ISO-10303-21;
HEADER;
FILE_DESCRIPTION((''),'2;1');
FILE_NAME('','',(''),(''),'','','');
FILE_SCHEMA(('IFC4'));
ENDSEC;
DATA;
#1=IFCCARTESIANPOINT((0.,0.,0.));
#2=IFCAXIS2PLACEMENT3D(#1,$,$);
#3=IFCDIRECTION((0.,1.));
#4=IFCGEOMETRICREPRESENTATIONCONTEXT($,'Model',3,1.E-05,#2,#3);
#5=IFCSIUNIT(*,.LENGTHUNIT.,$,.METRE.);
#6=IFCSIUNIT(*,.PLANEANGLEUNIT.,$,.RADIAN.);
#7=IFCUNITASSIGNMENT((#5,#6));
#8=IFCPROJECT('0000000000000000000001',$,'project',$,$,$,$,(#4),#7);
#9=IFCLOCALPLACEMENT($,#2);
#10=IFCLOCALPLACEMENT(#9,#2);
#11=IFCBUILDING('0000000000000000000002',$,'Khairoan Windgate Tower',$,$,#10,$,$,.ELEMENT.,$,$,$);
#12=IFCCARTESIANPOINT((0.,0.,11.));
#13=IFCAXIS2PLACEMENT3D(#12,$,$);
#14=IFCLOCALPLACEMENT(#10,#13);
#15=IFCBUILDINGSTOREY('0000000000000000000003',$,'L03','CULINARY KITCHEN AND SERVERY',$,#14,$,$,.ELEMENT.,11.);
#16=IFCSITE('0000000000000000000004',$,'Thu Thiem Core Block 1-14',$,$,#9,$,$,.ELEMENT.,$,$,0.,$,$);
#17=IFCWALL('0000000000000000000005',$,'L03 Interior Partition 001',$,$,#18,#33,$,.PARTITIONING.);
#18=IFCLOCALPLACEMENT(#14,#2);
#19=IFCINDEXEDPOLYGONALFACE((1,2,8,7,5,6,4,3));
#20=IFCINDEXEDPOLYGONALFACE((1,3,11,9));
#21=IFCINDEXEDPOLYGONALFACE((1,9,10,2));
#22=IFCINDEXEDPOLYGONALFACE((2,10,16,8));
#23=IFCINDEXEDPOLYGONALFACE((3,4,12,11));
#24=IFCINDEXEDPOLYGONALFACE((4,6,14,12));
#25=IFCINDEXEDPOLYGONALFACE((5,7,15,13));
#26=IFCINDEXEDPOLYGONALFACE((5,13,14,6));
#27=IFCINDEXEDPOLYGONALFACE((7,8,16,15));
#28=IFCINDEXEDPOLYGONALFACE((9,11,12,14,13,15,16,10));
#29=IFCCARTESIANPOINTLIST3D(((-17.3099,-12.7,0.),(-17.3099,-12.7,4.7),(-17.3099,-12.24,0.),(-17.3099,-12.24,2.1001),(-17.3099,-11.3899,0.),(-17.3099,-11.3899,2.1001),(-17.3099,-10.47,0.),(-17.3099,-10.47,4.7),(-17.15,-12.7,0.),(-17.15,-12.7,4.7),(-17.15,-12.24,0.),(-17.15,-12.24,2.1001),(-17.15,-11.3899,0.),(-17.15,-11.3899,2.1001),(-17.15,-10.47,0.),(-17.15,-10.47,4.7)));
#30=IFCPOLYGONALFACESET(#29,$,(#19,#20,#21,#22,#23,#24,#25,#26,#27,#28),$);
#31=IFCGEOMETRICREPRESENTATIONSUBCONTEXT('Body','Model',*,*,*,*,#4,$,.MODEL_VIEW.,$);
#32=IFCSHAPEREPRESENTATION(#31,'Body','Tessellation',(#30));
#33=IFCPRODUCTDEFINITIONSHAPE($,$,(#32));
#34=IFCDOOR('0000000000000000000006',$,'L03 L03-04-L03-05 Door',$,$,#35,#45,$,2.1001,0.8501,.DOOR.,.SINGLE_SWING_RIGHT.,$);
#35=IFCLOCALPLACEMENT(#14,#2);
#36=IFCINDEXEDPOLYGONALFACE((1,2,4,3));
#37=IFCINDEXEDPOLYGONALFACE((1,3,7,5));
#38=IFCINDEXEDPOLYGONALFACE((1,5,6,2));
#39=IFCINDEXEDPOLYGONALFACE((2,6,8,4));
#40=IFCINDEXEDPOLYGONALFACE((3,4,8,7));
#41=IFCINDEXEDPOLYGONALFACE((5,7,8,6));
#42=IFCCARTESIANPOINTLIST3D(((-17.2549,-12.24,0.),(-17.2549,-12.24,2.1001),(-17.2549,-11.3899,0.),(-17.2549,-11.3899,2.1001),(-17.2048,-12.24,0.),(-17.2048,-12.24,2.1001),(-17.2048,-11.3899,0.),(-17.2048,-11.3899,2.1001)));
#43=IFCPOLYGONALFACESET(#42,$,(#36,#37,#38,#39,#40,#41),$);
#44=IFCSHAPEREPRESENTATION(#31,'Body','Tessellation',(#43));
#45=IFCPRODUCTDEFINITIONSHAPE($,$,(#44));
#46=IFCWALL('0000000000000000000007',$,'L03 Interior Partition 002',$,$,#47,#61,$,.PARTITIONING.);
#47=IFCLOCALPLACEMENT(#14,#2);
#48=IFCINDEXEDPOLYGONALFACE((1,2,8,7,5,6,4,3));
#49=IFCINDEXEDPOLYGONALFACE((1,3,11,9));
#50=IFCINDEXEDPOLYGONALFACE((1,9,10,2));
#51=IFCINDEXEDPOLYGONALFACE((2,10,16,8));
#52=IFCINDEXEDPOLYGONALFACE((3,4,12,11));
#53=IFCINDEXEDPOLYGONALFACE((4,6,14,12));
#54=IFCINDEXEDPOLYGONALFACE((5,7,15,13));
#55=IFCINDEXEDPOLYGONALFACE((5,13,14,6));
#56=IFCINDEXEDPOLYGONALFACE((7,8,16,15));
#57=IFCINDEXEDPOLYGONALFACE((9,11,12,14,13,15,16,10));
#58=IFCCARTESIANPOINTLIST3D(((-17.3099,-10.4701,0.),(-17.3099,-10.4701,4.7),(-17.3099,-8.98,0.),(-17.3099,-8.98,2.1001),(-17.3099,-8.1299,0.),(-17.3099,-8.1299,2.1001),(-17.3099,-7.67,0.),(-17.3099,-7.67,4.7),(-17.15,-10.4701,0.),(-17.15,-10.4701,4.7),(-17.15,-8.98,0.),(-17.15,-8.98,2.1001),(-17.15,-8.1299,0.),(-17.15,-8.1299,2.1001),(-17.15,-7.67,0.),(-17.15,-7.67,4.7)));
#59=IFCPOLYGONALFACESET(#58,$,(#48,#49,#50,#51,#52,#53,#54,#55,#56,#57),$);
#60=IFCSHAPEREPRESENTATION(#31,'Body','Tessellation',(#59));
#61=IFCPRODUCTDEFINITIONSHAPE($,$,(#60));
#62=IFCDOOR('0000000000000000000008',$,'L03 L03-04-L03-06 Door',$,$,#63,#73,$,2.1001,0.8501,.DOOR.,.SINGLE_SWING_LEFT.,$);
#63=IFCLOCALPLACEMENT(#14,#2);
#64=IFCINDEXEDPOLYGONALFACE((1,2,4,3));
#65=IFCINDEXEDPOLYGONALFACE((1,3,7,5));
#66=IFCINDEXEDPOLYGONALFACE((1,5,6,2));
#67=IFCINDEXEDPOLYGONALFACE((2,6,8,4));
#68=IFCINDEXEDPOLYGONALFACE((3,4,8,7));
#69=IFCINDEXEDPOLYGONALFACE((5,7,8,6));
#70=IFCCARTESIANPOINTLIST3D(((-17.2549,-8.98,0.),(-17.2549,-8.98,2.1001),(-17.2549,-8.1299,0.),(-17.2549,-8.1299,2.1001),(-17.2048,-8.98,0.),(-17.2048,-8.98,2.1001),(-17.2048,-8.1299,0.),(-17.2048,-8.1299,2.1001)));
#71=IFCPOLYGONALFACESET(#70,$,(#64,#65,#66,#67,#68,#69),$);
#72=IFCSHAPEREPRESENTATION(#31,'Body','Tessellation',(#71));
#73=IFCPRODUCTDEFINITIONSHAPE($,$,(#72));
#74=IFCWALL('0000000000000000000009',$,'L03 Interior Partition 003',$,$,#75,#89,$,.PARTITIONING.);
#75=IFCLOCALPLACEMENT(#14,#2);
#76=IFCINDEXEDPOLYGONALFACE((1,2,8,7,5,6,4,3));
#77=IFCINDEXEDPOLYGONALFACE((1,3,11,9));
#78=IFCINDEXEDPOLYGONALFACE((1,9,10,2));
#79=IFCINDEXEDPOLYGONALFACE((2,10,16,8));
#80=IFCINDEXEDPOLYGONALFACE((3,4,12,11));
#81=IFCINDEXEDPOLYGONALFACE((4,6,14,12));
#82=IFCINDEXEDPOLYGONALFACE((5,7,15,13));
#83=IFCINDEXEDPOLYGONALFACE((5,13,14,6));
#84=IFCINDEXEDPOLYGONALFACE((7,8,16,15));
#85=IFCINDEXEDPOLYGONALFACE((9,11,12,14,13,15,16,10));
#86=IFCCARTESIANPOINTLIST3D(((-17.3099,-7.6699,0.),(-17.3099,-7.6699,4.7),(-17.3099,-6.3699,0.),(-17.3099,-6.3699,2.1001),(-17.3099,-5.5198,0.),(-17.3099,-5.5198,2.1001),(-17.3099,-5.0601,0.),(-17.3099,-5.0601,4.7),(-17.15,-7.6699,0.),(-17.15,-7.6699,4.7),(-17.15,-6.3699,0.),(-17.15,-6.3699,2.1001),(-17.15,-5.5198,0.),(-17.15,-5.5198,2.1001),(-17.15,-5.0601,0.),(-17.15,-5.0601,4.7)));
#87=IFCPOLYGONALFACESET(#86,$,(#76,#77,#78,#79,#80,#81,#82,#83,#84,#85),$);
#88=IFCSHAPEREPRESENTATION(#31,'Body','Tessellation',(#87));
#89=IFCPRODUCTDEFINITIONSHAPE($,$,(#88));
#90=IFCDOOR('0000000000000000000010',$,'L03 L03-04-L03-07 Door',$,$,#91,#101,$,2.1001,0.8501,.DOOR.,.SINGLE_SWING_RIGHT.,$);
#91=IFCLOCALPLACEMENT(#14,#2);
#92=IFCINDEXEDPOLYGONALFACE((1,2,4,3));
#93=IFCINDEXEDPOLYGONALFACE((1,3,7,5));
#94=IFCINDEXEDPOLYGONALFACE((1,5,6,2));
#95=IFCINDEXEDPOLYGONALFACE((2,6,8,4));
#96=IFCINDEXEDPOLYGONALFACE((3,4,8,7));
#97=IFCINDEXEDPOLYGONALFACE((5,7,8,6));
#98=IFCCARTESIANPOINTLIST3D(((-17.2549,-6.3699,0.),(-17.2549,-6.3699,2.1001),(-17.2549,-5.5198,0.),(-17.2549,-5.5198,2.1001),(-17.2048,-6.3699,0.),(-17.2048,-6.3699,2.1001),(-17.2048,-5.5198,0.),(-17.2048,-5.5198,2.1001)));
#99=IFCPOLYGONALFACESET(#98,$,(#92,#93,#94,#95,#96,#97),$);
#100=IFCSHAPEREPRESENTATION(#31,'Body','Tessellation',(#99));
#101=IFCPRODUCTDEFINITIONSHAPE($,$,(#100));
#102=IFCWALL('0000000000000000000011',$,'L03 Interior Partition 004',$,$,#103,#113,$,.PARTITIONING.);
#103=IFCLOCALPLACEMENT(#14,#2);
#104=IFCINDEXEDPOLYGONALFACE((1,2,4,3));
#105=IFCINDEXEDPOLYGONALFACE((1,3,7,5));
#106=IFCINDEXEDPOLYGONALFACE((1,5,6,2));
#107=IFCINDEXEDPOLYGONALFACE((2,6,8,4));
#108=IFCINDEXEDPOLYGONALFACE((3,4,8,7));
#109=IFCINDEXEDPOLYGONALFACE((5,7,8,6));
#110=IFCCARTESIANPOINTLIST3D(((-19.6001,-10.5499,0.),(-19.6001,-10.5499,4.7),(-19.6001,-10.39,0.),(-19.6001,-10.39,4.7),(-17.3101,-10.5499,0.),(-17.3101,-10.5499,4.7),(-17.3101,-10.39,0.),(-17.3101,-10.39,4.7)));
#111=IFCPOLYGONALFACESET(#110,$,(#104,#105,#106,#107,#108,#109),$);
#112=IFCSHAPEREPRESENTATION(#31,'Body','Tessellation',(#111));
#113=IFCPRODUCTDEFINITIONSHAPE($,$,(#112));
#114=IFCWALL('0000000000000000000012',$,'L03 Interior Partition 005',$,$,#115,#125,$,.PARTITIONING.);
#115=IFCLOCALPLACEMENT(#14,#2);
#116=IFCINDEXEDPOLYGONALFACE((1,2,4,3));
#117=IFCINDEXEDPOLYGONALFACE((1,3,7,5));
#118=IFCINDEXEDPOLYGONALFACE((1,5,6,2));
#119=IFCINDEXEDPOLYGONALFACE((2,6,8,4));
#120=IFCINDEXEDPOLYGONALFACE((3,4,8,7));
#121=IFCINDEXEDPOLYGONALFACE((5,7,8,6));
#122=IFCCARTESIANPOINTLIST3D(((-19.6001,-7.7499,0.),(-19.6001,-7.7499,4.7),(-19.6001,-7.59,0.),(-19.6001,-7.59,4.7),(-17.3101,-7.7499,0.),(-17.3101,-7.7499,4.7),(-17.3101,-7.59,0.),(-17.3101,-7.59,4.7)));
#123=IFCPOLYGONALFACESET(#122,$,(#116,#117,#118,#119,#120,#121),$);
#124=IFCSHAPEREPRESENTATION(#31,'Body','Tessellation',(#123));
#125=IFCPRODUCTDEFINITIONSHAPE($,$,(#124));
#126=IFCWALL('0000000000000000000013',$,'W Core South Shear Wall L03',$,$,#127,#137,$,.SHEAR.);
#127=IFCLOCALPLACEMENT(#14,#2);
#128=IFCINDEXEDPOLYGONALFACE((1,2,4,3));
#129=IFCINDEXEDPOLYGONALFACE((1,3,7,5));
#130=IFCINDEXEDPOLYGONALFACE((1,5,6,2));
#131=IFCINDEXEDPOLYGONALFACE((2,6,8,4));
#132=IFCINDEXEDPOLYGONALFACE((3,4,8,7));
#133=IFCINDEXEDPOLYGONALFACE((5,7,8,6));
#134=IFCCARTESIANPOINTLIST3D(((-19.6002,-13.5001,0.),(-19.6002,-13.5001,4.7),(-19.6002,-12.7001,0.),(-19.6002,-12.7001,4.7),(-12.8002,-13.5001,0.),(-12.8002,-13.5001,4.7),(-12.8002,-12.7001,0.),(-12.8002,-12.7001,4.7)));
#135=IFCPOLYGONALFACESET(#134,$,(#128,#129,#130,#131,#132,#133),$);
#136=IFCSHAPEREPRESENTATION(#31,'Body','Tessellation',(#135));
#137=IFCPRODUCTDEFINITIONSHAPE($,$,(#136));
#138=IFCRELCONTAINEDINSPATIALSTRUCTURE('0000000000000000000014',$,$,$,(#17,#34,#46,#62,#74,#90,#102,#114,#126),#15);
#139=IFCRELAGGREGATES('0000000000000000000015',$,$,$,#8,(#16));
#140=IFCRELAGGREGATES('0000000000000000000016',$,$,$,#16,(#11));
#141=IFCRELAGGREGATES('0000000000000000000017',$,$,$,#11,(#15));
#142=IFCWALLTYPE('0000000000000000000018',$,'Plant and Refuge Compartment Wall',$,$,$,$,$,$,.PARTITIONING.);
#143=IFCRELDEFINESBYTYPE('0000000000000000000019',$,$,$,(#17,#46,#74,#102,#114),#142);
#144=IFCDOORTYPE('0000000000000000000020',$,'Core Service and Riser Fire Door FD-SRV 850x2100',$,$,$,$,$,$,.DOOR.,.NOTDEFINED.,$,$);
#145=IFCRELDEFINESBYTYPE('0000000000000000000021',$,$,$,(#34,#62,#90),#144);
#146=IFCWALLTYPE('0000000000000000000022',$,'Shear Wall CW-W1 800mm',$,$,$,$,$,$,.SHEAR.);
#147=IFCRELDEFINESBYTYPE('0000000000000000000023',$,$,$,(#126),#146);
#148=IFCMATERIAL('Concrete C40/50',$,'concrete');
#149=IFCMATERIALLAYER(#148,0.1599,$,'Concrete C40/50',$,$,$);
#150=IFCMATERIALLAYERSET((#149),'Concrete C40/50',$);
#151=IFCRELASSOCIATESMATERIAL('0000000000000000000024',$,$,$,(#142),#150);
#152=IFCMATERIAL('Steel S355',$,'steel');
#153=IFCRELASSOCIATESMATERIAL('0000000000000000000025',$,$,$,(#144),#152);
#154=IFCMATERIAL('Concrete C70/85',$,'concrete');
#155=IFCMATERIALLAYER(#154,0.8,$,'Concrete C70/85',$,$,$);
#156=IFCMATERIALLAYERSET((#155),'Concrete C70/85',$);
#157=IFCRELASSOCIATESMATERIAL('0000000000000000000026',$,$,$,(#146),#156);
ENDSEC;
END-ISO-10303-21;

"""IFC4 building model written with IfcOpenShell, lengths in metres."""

from ifc_helpers import new_model, si_unit, direction, frame, frame_2d, origin, place, context, subcontext, project, spatial, rectangle, extrude, material, layer, layer_set, type_object, element, fill, save


model = new_model("IFC4")

# Units and contexts
model_context = context("Model", 3, precision=1e-05, world=origin(), true_north=direction((0.0, 1.0)))
body_context = subcontext(model_context, "Body", "Model", "MODEL_VIEW")
ifc_project = project(units=[si_unit("LENGTHUNIT", "METRE"), si_unit("PLANEANGLEUNIT", "RADIAN")], contexts=[model_context])

# Site, building, storey
site_placement = place(None, origin())
site = spatial("IfcSite", under=ifc_project, at=site_placement, Name="Thu Thiem Core Block 1-14", CompositionType="ELEMENT", RefElevation=0.0)
building_placement = place(site_placement, origin())
building = spatial("IfcBuilding", under=site, at=building_placement, Name="Khairoan Windgate Tower", CompositionType="ELEMENT")
storey_placement = place(building_placement, frame((0.0, 0.0, 11.0)))
storey = spatial("IfcBuildingStorey", under=building, at=storey_placement, Name="L03", Description="CULINARY KITCHEN AND SERVERY", CompositionType="ELEMENT", Elevation=11.0)

# Walls, openings, doors
ifc_material_1 = material(Name="Concrete C40/50", Category="concrete")
ifc_layer_1 = layer(ifc_material_1, 0.1599, Name="Concrete C40/50")
ifc_layer_set_1 = layer_set([ifc_layer_1], Name="Concrete C40/50")
wall_type_1 = type_object("IfcWallType", Name="Plant and Refuge Compartment Wall", PredefinedType="PARTITIONING", material=ifc_layer_set_1)
wall_1_placement = place(storey_placement, frame((-17.23, -12.7, 0.0), z_axis=(0.0, 0.0, 1.0), x_axis=(0.0, 1.0, 0.0)))
wall_1 = element("IfcWall", 1, at=wall_1_placement, inside=storey, type_object=wall_type_1, Name="L03 Interior Partition 001", PredefinedType="PARTITIONING", context=body_context, shape_type="SweptSolid", body=[
    extrude(rectangle(XDim=2.23, YDim=0.1599, at=frame_2d((1.115, 0.0))), origin(), (0.0, 0.0, 1.0), 4.7),
])
opening_1_placement = place(wall_1_placement, frame((0.46, 0.0, 0.0)))
opening_1 = element("IfcOpeningElement", 2, at=opening_1_placement, cuts=wall_1, PredefinedType="OPENING", context=body_context, shape_type="SweptSolid", body=[
    extrude(rectangle(XDim=0.8501, YDim=2.1001, at=frame_2d((0.425, 1.05))), frame((0.0, 0.0898, 0.0), z_axis=(0.0, -1.0, 0.0), x_axis=(1.0, 0.0, 0.0)), (0.0, 0.0, 1.0), 0.1799),
])
ifc_material_2 = material(Name="Steel S355", Category="steel")
door_type_1 = type_object("IfcDoorType", Name="Core Service and Riser Fire Door FD-SRV 850x2100", OperationType="NOTDEFINED", PredefinedType="DOOR", material=ifc_material_2)
door_1_placement = place(opening_1_placement, origin())
door_1 = element("IfcDoor", 3, at=door_1_placement, inside=storey, type_object=door_type_1, Name="L03 L03-04-L03-05 Door", OperationType="SINGLE_SWING_RIGHT", OverallHeight=2.1001, OverallWidth=0.8501, PredefinedType="DOOR", context=body_context, shape_type="SweptSolid", body=[
    extrude(rectangle(XDim=0.8501, YDim=2.1001, at=frame_2d((0.425, 1.05))), frame((0.0, 0.0249, 0.0), z_axis=(0.0, -1.0, 0.0), x_axis=(1.0, 0.0, 0.0)), (0.0, 0.0, 1.0), 0.05),
])
fill(opening_1, door_1)
wall_2_placement = place(storey_placement, frame((-17.23, -10.47, 0.0), z_axis=(0.0, 0.0, 1.0), x_axis=(0.0, 1.0, 0.0)))
wall_2 = element("IfcWall", 4, at=wall_2_placement, inside=storey, type_object=wall_type_1, Name="L03 Interior Partition 002", PredefinedType="PARTITIONING", context=body_context, shape_type="SweptSolid", body=[
    extrude(rectangle(XDim=2.8, YDim=0.1599, at=frame_2d((1.3999, 0.0))), origin(), (0.0, 0.0, 1.0), 4.7),
])
opening_2_placement = place(wall_2_placement, frame((1.49, 0.0, 0.0)))
opening_2 = element("IfcOpeningElement", 5, at=opening_2_placement, cuts=wall_2, PredefinedType="OPENING", context=body_context, shape_type="SweptSolid", body=[
    extrude(rectangle(XDim=0.8501, YDim=2.1001, at=frame_2d((0.425, 1.05))), frame((0.0, 0.0898, 0.0), z_axis=(0.0, -1.0, 0.0), x_axis=(1.0, 0.0, 0.0)), (0.0, 0.0, 1.0), 0.1799),
])
door_2_placement = place(opening_2_placement, origin())
door_2 = element("IfcDoor", 6, at=door_2_placement, inside=storey, type_object=door_type_1, Name="L03 L03-04-L03-06 Door", OperationType="SINGLE_SWING_LEFT", OverallHeight=2.1001, OverallWidth=0.8501, PredefinedType="DOOR", context=body_context, shape_type="SweptSolid", body=[
    extrude(rectangle(XDim=0.8501, YDim=2.1001, at=frame_2d((0.425, 1.05))), frame((0.0, 0.0249, 0.0), z_axis=(0.0, -1.0, 0.0), x_axis=(1.0, 0.0, 0.0)), (0.0, 0.0, 1.0), 0.05),
])
fill(opening_2, door_2)
wall_3_placement = place(storey_placement, frame((-17.23, -7.6699, 0.0), z_axis=(0.0, 0.0, 1.0), x_axis=(0.0, 1.0, 0.0)))
wall_3 = element("IfcWall", 7, at=wall_3_placement, inside=storey, type_object=wall_type_1, Name="L03 Interior Partition 003", PredefinedType="PARTITIONING", context=body_context, shape_type="SweptSolid", body=[
    extrude(rectangle(XDim=2.6099, YDim=0.1599, at=frame_2d((1.3049, 0.0))), origin(), (0.0, 0.0, 1.0), 4.7),
])
opening_3_placement = place(wall_3_placement, frame((1.3, 0.0, 0.0)))
opening_3 = element("IfcOpeningElement", 8, at=opening_3_placement, cuts=wall_3, PredefinedType="OPENING", context=body_context, shape_type="SweptSolid", body=[
    extrude(rectangle(XDim=0.8501, YDim=2.1001, at=frame_2d((0.425, 1.05))), frame((0.0, 0.0898, 0.0), z_axis=(0.0, -1.0, 0.0), x_axis=(1.0, 0.0, 0.0)), (0.0, 0.0, 1.0), 0.1799),
])
door_3_placement = place(opening_3_placement, origin())
door_3 = element("IfcDoor", 9, at=door_3_placement, inside=storey, type_object=door_type_1, Name="L03 L03-04-L03-07 Door", OperationType="SINGLE_SWING_RIGHT", OverallHeight=2.1001, OverallWidth=0.8501, PredefinedType="DOOR", context=body_context, shape_type="SweptSolid", body=[
    extrude(rectangle(XDim=0.8501, YDim=2.1001, at=frame_2d((0.425, 1.05))), frame((0.0, 0.0249, 0.0), z_axis=(0.0, -1.0, 0.0), x_axis=(1.0, 0.0, 0.0)), (0.0, 0.0, 1.0), 0.05),
])
fill(opening_3, door_3)

# Walls
for number, where, z_axis, x_axis, name in (
    (10, (-19.6001, -10.47, 0.0), (0.0, 0.0, 1.0), (1.0, 0.0, 0.0), "L03 Interior Partition 004"),
    (11, (-19.6001, -7.6699, 0.0), (0.0, 0.0, 1.0), (1.0, 0.0, 0.0), "L03 Interior Partition 005"),
):
    element("IfcWall", number, at=place(storey_placement, frame(where, z_axis=z_axis, x_axis=x_axis)), inside=storey, type_object=wall_type_1, Name=name, PredefinedType="PARTITIONING", context=body_context, shape_type="SweptSolid", body=[
        extrude(rectangle(XDim=2.29, YDim=0.1599, at=frame_2d((1.145, 0.0))), origin(), (0.0, 0.0, 1.0), 4.7),
    ])
ifc_material_3 = material(Name="Concrete C70/85", Category="concrete")
ifc_layer_2 = layer(ifc_material_3, 0.8, Name="Concrete C70/85")
ifc_layer_set_2 = layer_set([ifc_layer_2], Name="Concrete C70/85")
wall_type_2 = type_object("IfcWallType", Name="Shear Wall CW-W1 800mm", PredefinedType="SHEAR", material=ifc_layer_set_2)
wall_4_placement = place(storey_placement, frame((-19.6001, -13.1001, 0.0), z_axis=(0.0, 0.0, 1.0), x_axis=(1.0, 0.0, 0.0)))
element("IfcWall", 12, at=wall_4_placement, inside=storey, type_object=wall_type_2, Name="W Core South Shear Wall L03", PredefinedType="SHEAR", context=body_context, shape_type="SweptSolid", body=[
    extrude(rectangle(XDim=6.8, YDim=0.8, at=frame_2d((3.3999, 0.0))), origin(), (0.0, 0.0, 1.0), 4.7),
])

save(model, "model.ifc")
